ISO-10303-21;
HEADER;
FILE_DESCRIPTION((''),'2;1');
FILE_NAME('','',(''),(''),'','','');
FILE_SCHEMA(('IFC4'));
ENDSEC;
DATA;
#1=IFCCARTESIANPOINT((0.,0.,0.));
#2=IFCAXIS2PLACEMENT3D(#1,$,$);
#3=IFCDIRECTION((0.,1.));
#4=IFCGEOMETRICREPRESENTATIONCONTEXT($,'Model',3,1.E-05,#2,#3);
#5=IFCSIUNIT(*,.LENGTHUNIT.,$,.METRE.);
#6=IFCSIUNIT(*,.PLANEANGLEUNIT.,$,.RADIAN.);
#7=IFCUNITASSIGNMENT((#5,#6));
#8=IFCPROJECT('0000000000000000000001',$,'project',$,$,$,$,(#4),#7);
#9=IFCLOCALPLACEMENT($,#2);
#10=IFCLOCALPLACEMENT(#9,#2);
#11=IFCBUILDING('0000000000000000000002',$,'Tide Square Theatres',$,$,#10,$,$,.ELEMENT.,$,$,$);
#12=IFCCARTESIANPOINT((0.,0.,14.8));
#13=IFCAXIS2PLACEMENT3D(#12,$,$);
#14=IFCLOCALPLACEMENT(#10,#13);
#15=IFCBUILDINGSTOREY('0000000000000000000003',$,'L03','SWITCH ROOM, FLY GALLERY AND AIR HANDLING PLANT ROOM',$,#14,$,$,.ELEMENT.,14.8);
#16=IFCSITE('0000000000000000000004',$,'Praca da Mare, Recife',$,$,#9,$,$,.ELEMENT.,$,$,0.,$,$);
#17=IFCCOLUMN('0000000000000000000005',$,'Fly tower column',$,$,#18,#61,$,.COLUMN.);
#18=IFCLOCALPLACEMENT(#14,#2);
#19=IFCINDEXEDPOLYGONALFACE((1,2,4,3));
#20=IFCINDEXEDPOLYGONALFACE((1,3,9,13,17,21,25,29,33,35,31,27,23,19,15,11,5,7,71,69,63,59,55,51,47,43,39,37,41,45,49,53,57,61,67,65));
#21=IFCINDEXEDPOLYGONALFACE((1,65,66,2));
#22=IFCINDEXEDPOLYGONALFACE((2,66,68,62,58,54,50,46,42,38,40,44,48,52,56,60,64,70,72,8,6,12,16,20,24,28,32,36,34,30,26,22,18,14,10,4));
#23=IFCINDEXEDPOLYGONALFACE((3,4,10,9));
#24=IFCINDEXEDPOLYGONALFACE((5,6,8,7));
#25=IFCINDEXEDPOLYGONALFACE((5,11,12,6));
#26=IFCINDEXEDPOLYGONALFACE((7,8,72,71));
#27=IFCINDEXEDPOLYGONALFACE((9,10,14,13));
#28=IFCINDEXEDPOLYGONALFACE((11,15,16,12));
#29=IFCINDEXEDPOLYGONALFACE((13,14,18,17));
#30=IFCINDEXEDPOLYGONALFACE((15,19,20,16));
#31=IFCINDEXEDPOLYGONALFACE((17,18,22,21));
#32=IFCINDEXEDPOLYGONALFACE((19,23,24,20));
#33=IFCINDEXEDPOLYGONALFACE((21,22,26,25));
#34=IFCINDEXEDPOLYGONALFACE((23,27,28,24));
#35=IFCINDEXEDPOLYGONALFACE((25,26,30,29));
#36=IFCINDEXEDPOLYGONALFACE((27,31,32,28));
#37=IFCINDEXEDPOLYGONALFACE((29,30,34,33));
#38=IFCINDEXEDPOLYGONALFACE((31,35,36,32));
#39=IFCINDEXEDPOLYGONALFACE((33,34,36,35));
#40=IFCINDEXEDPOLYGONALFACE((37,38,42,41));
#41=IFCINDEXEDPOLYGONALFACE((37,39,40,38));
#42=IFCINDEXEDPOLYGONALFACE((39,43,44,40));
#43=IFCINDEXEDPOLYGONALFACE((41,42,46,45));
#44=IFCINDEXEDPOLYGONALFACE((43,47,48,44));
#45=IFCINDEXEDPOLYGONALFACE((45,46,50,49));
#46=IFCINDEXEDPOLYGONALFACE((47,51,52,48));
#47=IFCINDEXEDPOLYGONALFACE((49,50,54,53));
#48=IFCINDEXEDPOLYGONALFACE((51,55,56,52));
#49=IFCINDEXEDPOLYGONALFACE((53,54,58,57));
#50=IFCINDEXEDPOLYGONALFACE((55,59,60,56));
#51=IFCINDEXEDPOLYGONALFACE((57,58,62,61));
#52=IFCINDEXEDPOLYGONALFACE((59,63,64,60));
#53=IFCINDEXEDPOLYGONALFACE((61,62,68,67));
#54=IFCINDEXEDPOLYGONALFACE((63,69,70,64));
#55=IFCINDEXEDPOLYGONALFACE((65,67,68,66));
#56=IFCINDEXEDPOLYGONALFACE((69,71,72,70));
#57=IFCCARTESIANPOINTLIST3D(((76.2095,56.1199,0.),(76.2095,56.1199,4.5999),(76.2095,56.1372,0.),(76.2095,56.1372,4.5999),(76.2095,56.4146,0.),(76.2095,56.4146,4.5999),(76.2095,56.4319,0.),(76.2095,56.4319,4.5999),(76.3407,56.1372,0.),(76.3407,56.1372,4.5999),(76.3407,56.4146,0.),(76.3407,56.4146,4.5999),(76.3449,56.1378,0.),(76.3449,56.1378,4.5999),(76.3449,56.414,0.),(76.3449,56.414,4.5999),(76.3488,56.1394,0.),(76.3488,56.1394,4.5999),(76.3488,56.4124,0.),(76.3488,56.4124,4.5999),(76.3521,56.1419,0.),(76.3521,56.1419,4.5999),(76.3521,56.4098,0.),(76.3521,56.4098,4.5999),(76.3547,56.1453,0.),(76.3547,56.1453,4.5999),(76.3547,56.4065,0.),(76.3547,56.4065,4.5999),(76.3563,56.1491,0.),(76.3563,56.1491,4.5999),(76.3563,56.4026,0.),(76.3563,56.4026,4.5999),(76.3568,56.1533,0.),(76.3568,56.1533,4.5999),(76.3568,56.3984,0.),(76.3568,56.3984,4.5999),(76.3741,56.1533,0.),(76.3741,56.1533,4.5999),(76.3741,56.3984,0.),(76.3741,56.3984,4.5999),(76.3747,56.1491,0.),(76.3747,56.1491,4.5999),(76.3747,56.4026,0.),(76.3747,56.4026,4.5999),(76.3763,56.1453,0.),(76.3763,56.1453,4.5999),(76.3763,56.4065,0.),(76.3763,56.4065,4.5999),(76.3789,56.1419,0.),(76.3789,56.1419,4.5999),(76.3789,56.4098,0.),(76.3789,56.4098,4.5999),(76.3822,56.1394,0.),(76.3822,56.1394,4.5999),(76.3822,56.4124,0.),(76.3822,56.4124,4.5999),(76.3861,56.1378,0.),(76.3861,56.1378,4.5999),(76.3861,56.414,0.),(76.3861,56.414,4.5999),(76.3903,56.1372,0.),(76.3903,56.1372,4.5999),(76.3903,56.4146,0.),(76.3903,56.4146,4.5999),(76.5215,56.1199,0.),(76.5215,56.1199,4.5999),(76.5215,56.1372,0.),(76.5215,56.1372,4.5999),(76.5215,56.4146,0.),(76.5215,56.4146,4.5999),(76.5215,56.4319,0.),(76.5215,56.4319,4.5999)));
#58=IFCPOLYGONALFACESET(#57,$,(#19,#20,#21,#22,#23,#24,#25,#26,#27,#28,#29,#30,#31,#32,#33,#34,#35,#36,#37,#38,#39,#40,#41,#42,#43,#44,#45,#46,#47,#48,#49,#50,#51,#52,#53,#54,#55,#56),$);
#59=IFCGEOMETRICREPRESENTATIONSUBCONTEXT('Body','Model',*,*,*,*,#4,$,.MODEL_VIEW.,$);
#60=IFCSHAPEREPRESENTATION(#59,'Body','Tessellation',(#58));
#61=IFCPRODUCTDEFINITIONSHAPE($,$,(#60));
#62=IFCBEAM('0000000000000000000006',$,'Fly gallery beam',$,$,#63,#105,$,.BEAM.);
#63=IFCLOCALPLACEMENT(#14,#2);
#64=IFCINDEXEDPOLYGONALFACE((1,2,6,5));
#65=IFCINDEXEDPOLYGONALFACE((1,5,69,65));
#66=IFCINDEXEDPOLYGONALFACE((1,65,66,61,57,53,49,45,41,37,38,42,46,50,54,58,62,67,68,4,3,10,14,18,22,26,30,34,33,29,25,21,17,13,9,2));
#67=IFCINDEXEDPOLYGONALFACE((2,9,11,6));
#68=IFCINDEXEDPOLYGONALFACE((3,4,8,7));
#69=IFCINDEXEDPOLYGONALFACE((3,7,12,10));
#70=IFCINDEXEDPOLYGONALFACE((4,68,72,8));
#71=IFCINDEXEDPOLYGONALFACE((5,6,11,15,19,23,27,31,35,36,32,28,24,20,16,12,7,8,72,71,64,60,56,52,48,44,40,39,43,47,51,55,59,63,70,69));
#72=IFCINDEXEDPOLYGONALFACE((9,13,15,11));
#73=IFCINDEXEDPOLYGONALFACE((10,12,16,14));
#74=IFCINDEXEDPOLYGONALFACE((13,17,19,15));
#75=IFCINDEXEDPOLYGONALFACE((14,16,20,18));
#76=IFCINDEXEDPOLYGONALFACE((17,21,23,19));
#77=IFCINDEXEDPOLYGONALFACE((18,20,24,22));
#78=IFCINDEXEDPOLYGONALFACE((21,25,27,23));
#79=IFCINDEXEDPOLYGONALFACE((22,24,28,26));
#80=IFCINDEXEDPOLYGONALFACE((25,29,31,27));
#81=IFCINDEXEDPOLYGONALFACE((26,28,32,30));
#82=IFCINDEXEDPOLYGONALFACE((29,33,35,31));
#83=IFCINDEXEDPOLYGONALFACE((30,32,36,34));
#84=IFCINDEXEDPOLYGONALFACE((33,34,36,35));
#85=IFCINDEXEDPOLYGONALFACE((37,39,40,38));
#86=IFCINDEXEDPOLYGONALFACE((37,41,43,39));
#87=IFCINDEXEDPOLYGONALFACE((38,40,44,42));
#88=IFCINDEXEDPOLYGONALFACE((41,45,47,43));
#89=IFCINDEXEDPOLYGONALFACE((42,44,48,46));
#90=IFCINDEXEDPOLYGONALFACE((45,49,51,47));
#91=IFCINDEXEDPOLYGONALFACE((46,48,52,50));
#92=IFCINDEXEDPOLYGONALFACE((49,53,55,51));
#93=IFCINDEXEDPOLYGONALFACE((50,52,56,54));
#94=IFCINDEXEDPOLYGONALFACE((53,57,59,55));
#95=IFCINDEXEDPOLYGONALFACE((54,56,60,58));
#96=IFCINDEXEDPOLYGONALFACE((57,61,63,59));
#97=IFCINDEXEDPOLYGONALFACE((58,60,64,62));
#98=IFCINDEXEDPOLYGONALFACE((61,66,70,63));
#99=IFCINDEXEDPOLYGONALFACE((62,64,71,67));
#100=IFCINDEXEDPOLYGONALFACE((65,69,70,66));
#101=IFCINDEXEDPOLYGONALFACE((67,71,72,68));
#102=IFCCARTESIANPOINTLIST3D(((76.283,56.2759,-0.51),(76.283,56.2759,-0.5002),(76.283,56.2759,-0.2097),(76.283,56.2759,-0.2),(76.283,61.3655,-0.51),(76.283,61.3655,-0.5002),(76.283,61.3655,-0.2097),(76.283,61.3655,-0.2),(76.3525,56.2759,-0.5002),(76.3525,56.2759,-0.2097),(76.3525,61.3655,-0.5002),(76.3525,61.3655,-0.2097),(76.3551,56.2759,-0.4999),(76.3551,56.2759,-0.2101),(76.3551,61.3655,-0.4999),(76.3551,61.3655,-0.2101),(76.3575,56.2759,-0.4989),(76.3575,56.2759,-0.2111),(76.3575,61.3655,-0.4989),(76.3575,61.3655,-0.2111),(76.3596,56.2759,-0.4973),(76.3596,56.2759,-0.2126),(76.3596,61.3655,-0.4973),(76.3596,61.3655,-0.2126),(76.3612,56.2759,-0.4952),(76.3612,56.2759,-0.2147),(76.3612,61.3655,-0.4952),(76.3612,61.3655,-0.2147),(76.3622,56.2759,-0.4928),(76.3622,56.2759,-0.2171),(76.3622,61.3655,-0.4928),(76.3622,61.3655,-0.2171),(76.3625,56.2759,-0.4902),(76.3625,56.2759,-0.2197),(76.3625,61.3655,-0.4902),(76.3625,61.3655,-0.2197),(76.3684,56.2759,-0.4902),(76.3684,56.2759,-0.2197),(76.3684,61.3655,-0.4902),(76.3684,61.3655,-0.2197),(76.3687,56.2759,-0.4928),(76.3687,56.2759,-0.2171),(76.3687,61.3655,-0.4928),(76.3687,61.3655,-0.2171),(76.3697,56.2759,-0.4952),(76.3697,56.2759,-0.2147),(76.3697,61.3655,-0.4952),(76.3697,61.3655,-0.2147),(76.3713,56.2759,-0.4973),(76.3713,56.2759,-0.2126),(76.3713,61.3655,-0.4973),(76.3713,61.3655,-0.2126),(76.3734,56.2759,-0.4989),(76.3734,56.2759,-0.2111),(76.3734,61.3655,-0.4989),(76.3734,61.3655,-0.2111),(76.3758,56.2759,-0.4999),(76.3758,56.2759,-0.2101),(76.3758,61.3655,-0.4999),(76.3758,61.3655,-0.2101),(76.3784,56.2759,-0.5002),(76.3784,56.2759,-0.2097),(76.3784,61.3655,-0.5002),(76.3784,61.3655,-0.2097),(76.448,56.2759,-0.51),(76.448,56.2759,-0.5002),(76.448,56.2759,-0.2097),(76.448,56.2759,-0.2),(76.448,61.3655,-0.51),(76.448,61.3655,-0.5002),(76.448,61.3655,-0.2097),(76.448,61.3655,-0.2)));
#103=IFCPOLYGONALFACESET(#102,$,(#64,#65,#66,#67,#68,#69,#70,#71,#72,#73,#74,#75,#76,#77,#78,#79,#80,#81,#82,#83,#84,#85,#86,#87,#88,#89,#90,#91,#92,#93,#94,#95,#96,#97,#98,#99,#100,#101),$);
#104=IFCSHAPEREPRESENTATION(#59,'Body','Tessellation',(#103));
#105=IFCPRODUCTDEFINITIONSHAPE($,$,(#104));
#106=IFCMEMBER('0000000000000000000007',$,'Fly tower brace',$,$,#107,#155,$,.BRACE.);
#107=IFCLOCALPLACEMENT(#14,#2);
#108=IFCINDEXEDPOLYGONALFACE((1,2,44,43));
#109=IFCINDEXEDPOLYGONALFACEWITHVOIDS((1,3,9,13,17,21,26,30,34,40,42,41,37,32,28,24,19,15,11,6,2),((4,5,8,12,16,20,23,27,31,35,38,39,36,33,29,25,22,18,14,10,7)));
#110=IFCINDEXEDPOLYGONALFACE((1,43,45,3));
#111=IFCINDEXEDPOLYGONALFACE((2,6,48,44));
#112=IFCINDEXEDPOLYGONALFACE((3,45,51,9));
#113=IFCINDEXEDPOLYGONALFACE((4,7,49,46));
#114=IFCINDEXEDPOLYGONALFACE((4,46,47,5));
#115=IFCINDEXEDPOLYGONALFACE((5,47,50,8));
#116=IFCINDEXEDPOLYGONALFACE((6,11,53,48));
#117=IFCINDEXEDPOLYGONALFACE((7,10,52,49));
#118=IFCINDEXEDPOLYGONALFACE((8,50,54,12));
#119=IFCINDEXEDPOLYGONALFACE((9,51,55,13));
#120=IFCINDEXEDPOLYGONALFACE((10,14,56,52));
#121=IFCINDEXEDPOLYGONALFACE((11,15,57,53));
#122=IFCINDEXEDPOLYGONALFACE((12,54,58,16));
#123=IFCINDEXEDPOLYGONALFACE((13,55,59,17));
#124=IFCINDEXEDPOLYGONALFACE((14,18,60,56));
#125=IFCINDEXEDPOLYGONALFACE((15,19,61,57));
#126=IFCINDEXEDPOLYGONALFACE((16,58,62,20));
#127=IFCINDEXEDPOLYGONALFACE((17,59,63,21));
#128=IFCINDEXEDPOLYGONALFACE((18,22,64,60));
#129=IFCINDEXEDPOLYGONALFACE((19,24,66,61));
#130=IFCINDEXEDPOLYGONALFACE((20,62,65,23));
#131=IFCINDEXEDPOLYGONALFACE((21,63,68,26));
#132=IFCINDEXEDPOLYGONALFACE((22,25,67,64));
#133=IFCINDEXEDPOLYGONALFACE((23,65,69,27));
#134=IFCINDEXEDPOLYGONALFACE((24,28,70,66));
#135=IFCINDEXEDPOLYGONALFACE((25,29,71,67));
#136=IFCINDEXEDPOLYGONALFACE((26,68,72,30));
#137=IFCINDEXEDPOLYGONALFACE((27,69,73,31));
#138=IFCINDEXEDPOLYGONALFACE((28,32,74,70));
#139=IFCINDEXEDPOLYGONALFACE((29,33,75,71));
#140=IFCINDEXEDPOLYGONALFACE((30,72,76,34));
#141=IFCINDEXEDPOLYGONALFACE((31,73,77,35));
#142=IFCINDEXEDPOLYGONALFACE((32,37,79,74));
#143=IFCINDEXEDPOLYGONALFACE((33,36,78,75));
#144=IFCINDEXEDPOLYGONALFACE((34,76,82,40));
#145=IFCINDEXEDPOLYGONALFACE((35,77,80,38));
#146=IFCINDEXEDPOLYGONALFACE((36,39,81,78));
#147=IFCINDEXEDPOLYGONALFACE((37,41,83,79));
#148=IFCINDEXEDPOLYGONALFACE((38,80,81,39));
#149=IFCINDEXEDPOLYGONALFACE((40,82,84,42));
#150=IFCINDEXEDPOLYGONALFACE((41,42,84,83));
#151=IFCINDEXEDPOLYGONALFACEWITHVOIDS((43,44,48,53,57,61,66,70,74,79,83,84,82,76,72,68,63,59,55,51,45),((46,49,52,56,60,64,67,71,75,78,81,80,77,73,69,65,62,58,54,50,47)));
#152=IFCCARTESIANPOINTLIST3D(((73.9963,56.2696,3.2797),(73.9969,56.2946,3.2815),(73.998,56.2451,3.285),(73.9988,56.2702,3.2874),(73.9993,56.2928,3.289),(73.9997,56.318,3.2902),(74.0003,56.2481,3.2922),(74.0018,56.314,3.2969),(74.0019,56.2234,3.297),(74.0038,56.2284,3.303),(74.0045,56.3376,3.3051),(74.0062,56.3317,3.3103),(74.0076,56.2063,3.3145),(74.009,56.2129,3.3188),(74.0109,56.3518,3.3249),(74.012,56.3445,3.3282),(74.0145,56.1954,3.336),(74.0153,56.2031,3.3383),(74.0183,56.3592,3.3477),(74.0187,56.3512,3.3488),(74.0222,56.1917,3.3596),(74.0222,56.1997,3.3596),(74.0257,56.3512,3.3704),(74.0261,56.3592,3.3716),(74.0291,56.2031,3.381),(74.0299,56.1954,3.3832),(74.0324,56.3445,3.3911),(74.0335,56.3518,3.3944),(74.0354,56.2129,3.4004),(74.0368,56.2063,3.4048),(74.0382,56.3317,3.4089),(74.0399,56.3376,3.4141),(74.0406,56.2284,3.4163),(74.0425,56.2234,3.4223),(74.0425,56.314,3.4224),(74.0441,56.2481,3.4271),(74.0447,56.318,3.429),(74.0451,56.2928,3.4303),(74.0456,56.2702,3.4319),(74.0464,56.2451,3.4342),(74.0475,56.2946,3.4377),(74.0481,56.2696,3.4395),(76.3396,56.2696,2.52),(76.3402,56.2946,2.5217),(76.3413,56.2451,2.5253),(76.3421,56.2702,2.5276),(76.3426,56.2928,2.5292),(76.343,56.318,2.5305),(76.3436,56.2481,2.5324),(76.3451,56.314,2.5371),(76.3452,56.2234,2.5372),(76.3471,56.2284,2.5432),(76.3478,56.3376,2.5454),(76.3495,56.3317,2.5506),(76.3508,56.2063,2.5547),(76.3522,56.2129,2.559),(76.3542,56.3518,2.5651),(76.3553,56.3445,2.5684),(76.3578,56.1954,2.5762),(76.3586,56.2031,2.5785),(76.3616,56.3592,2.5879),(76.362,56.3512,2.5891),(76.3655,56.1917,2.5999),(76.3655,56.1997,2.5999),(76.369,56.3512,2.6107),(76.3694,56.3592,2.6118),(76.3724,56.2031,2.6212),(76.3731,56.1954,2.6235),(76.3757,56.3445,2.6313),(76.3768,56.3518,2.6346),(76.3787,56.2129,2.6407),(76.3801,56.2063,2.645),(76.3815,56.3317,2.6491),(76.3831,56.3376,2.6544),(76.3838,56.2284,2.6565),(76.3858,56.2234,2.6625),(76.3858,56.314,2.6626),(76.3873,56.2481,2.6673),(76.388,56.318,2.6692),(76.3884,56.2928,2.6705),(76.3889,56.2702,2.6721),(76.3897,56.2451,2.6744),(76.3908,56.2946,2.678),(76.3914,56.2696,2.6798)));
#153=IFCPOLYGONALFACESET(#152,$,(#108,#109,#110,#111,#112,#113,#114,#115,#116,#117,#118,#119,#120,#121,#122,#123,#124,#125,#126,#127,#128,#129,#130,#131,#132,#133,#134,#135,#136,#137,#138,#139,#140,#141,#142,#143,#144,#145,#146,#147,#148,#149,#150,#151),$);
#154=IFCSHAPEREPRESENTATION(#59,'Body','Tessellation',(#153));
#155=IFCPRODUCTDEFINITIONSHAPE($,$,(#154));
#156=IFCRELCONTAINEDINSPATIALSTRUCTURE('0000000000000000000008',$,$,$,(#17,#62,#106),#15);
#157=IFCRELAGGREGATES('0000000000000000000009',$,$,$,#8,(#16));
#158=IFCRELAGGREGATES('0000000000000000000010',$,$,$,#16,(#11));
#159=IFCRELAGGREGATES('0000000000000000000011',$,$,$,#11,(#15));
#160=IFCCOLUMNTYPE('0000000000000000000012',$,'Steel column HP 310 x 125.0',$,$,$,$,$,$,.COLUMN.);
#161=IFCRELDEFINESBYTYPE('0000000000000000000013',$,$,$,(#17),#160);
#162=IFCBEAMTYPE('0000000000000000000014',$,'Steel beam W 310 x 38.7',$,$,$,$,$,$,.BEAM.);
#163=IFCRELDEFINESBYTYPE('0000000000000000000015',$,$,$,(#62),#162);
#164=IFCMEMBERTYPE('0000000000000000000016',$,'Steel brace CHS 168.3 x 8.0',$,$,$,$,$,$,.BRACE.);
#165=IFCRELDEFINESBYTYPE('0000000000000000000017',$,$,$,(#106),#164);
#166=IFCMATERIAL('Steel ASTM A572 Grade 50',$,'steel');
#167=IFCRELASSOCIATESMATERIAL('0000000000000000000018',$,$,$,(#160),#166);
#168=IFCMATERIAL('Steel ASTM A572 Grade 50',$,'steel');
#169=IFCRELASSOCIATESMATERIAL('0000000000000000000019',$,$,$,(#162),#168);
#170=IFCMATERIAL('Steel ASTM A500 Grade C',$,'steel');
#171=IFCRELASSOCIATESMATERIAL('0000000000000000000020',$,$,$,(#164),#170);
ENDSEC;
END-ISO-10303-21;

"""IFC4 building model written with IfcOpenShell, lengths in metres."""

from ifc_helpers import new_model, si_unit, direction, frame, origin, origin_2d, place, context, subcontext, project, spatial, hollow_circle, i_section, extrude, material, material_profile, profile_set, type_object, element, save


model = new_model("IFC4")

# Units and contexts
model_context = context("Model", 3, precision=1e-05, world=origin(), true_north=direction((0.0, 1.0)))
body_context = subcontext(model_context, "Body", "Model", "MODEL_VIEW")
ifc_project = project(units=[si_unit("LENGTHUNIT", "METRE"), si_unit("PLANEANGLEUNIT", "RADIAN")], contexts=[model_context])

# Site, building, storey
site_placement = place(None, origin())
site = spatial("IfcSite", under=ifc_project, at=site_placement, Name="Praca da Mare, Recife", CompositionType="ELEMENT", RefElevation=0.0)
building_placement = place(site_placement, origin())
building = spatial("IfcBuilding", under=site, at=building_placement, Name="Tide Square Theatres", CompositionType="ELEMENT")
storey_placement = place(building_placement, frame((0.0, 0.0, 14.8)))
storey = spatial("IfcBuildingStorey", under=building, at=storey_placement, Name="L03", Description="SWITCH ROOM, FLY GALLERY AND AIR HANDLING PLANT ROOM", CompositionType="ELEMENT", Elevation=14.8)

# Column
ifc_material_1 = material(Name="Steel ASTM A572 Grade 50", Category="steel")
ifc_material_profile_1 = material_profile(ifc_material_1, i_section(OverallWidth=0.312, OverallDepth=0.312, WebThickness=0.0173, FlangeThickness=0.0173, FilletRadius=0.0161, at=origin_2d()))
ifc_profile_set_1 = profile_set([ifc_material_profile_1], Name="Steel ASTM A572 Grade 50")
column_type = type_object("IfcColumnType", Name="Steel column HP 310 x 125.0", PredefinedType="COLUMN", material=ifc_profile_set_1)
column_placement = place(storey_placement, frame((76.3655, 56.2759, 0.0), z_axis=(0.0, 0.0, 1.0), x_axis=(1.0, 0.0, 0.0)))
element("IfcColumn", 1, at=column_placement, inside=storey, type_object=column_type, Name="Fly tower column", PredefinedType="COLUMN", context=body_context, shape_type="SweptSolid", body=[
    extrude(i_section(OverallWidth=0.312, OverallDepth=0.312, WebThickness=0.0173, FlangeThickness=0.0173, FilletRadius=0.0161, at=origin_2d()), origin(), (0.0, 0.0, 1.0), 4.5999),
])

# Beam
ifc_material_2 = material(Name="Steel ASTM A572 Grade 50", Category="steel")
ifc_material_profile_2 = material_profile(ifc_material_2, i_section(OverallWidth=0.165, OverallDepth=0.3101, WebThickness=0.0059, FlangeThickness=0.0098, FilletRadius=0.01, at=origin_2d()))
ifc_profile_set_2 = profile_set([ifc_material_profile_2], Name="Steel ASTM A572 Grade 50")
beam_type = type_object("IfcBeamType", Name="Steel beam W 310 x 38.7", PredefinedType="BEAM", material=ifc_profile_set_2)
beam_placement = place(storey_placement, frame((76.3655, 56.2759, -0.355), z_axis=(0.0, 1.0, 0.0), x_axis=(-1.0, 0.0, 0.0)))
element("IfcBeam", 2, at=beam_placement, inside=storey, type_object=beam_type, Name="Fly gallery beam", PredefinedType="BEAM", context=body_context, shape_type="SweptSolid", body=[
    extrude(i_section(OverallWidth=0.165, OverallDepth=0.3101, WebThickness=0.0059, FlangeThickness=0.0098, FilletRadius=0.01, at=origin_2d()), origin(), (0.0, 0.0, 1.0), 5.0896),
])

# Member
ifc_material_3 = material(Name="Steel ASTM A500 Grade C", Category="steel")
ifc_material_profile_3 = material_profile(ifc_material_3, hollow_circle(Radius=0.0842, WallThickness=0.0081, at=origin_2d()))
ifc_profile_set_3 = profile_set([ifc_material_profile_3], Name="Steel ASTM A500 Grade C")
member_type = type_object("IfcMemberType", Name="Steel brace CHS 168.3 x 8.0", PredefinedType="BRACE", material=ifc_profile_set_3)
member_1_placement = place(storey_placement, frame((76.3655, 56.2759, 2.5999), z_axis=(-0.951248, 0.0, 0.308427), x_axis=(0.0, -1.0, 0.0)))
element("IfcMember", 3, at=member_1_placement, inside=storey, type_object=member_type, Name="Fly tower brace", PredefinedType="BRACE", context=body_context, shape_type="SweptSolid", body=[
    extrude(hollow_circle(Radius=0.0842, WallThickness=0.0081, at=origin_2d()), origin(), (0.0, 0.0, 1.0), 2.4634),
])

save(model, "model.ifc")
